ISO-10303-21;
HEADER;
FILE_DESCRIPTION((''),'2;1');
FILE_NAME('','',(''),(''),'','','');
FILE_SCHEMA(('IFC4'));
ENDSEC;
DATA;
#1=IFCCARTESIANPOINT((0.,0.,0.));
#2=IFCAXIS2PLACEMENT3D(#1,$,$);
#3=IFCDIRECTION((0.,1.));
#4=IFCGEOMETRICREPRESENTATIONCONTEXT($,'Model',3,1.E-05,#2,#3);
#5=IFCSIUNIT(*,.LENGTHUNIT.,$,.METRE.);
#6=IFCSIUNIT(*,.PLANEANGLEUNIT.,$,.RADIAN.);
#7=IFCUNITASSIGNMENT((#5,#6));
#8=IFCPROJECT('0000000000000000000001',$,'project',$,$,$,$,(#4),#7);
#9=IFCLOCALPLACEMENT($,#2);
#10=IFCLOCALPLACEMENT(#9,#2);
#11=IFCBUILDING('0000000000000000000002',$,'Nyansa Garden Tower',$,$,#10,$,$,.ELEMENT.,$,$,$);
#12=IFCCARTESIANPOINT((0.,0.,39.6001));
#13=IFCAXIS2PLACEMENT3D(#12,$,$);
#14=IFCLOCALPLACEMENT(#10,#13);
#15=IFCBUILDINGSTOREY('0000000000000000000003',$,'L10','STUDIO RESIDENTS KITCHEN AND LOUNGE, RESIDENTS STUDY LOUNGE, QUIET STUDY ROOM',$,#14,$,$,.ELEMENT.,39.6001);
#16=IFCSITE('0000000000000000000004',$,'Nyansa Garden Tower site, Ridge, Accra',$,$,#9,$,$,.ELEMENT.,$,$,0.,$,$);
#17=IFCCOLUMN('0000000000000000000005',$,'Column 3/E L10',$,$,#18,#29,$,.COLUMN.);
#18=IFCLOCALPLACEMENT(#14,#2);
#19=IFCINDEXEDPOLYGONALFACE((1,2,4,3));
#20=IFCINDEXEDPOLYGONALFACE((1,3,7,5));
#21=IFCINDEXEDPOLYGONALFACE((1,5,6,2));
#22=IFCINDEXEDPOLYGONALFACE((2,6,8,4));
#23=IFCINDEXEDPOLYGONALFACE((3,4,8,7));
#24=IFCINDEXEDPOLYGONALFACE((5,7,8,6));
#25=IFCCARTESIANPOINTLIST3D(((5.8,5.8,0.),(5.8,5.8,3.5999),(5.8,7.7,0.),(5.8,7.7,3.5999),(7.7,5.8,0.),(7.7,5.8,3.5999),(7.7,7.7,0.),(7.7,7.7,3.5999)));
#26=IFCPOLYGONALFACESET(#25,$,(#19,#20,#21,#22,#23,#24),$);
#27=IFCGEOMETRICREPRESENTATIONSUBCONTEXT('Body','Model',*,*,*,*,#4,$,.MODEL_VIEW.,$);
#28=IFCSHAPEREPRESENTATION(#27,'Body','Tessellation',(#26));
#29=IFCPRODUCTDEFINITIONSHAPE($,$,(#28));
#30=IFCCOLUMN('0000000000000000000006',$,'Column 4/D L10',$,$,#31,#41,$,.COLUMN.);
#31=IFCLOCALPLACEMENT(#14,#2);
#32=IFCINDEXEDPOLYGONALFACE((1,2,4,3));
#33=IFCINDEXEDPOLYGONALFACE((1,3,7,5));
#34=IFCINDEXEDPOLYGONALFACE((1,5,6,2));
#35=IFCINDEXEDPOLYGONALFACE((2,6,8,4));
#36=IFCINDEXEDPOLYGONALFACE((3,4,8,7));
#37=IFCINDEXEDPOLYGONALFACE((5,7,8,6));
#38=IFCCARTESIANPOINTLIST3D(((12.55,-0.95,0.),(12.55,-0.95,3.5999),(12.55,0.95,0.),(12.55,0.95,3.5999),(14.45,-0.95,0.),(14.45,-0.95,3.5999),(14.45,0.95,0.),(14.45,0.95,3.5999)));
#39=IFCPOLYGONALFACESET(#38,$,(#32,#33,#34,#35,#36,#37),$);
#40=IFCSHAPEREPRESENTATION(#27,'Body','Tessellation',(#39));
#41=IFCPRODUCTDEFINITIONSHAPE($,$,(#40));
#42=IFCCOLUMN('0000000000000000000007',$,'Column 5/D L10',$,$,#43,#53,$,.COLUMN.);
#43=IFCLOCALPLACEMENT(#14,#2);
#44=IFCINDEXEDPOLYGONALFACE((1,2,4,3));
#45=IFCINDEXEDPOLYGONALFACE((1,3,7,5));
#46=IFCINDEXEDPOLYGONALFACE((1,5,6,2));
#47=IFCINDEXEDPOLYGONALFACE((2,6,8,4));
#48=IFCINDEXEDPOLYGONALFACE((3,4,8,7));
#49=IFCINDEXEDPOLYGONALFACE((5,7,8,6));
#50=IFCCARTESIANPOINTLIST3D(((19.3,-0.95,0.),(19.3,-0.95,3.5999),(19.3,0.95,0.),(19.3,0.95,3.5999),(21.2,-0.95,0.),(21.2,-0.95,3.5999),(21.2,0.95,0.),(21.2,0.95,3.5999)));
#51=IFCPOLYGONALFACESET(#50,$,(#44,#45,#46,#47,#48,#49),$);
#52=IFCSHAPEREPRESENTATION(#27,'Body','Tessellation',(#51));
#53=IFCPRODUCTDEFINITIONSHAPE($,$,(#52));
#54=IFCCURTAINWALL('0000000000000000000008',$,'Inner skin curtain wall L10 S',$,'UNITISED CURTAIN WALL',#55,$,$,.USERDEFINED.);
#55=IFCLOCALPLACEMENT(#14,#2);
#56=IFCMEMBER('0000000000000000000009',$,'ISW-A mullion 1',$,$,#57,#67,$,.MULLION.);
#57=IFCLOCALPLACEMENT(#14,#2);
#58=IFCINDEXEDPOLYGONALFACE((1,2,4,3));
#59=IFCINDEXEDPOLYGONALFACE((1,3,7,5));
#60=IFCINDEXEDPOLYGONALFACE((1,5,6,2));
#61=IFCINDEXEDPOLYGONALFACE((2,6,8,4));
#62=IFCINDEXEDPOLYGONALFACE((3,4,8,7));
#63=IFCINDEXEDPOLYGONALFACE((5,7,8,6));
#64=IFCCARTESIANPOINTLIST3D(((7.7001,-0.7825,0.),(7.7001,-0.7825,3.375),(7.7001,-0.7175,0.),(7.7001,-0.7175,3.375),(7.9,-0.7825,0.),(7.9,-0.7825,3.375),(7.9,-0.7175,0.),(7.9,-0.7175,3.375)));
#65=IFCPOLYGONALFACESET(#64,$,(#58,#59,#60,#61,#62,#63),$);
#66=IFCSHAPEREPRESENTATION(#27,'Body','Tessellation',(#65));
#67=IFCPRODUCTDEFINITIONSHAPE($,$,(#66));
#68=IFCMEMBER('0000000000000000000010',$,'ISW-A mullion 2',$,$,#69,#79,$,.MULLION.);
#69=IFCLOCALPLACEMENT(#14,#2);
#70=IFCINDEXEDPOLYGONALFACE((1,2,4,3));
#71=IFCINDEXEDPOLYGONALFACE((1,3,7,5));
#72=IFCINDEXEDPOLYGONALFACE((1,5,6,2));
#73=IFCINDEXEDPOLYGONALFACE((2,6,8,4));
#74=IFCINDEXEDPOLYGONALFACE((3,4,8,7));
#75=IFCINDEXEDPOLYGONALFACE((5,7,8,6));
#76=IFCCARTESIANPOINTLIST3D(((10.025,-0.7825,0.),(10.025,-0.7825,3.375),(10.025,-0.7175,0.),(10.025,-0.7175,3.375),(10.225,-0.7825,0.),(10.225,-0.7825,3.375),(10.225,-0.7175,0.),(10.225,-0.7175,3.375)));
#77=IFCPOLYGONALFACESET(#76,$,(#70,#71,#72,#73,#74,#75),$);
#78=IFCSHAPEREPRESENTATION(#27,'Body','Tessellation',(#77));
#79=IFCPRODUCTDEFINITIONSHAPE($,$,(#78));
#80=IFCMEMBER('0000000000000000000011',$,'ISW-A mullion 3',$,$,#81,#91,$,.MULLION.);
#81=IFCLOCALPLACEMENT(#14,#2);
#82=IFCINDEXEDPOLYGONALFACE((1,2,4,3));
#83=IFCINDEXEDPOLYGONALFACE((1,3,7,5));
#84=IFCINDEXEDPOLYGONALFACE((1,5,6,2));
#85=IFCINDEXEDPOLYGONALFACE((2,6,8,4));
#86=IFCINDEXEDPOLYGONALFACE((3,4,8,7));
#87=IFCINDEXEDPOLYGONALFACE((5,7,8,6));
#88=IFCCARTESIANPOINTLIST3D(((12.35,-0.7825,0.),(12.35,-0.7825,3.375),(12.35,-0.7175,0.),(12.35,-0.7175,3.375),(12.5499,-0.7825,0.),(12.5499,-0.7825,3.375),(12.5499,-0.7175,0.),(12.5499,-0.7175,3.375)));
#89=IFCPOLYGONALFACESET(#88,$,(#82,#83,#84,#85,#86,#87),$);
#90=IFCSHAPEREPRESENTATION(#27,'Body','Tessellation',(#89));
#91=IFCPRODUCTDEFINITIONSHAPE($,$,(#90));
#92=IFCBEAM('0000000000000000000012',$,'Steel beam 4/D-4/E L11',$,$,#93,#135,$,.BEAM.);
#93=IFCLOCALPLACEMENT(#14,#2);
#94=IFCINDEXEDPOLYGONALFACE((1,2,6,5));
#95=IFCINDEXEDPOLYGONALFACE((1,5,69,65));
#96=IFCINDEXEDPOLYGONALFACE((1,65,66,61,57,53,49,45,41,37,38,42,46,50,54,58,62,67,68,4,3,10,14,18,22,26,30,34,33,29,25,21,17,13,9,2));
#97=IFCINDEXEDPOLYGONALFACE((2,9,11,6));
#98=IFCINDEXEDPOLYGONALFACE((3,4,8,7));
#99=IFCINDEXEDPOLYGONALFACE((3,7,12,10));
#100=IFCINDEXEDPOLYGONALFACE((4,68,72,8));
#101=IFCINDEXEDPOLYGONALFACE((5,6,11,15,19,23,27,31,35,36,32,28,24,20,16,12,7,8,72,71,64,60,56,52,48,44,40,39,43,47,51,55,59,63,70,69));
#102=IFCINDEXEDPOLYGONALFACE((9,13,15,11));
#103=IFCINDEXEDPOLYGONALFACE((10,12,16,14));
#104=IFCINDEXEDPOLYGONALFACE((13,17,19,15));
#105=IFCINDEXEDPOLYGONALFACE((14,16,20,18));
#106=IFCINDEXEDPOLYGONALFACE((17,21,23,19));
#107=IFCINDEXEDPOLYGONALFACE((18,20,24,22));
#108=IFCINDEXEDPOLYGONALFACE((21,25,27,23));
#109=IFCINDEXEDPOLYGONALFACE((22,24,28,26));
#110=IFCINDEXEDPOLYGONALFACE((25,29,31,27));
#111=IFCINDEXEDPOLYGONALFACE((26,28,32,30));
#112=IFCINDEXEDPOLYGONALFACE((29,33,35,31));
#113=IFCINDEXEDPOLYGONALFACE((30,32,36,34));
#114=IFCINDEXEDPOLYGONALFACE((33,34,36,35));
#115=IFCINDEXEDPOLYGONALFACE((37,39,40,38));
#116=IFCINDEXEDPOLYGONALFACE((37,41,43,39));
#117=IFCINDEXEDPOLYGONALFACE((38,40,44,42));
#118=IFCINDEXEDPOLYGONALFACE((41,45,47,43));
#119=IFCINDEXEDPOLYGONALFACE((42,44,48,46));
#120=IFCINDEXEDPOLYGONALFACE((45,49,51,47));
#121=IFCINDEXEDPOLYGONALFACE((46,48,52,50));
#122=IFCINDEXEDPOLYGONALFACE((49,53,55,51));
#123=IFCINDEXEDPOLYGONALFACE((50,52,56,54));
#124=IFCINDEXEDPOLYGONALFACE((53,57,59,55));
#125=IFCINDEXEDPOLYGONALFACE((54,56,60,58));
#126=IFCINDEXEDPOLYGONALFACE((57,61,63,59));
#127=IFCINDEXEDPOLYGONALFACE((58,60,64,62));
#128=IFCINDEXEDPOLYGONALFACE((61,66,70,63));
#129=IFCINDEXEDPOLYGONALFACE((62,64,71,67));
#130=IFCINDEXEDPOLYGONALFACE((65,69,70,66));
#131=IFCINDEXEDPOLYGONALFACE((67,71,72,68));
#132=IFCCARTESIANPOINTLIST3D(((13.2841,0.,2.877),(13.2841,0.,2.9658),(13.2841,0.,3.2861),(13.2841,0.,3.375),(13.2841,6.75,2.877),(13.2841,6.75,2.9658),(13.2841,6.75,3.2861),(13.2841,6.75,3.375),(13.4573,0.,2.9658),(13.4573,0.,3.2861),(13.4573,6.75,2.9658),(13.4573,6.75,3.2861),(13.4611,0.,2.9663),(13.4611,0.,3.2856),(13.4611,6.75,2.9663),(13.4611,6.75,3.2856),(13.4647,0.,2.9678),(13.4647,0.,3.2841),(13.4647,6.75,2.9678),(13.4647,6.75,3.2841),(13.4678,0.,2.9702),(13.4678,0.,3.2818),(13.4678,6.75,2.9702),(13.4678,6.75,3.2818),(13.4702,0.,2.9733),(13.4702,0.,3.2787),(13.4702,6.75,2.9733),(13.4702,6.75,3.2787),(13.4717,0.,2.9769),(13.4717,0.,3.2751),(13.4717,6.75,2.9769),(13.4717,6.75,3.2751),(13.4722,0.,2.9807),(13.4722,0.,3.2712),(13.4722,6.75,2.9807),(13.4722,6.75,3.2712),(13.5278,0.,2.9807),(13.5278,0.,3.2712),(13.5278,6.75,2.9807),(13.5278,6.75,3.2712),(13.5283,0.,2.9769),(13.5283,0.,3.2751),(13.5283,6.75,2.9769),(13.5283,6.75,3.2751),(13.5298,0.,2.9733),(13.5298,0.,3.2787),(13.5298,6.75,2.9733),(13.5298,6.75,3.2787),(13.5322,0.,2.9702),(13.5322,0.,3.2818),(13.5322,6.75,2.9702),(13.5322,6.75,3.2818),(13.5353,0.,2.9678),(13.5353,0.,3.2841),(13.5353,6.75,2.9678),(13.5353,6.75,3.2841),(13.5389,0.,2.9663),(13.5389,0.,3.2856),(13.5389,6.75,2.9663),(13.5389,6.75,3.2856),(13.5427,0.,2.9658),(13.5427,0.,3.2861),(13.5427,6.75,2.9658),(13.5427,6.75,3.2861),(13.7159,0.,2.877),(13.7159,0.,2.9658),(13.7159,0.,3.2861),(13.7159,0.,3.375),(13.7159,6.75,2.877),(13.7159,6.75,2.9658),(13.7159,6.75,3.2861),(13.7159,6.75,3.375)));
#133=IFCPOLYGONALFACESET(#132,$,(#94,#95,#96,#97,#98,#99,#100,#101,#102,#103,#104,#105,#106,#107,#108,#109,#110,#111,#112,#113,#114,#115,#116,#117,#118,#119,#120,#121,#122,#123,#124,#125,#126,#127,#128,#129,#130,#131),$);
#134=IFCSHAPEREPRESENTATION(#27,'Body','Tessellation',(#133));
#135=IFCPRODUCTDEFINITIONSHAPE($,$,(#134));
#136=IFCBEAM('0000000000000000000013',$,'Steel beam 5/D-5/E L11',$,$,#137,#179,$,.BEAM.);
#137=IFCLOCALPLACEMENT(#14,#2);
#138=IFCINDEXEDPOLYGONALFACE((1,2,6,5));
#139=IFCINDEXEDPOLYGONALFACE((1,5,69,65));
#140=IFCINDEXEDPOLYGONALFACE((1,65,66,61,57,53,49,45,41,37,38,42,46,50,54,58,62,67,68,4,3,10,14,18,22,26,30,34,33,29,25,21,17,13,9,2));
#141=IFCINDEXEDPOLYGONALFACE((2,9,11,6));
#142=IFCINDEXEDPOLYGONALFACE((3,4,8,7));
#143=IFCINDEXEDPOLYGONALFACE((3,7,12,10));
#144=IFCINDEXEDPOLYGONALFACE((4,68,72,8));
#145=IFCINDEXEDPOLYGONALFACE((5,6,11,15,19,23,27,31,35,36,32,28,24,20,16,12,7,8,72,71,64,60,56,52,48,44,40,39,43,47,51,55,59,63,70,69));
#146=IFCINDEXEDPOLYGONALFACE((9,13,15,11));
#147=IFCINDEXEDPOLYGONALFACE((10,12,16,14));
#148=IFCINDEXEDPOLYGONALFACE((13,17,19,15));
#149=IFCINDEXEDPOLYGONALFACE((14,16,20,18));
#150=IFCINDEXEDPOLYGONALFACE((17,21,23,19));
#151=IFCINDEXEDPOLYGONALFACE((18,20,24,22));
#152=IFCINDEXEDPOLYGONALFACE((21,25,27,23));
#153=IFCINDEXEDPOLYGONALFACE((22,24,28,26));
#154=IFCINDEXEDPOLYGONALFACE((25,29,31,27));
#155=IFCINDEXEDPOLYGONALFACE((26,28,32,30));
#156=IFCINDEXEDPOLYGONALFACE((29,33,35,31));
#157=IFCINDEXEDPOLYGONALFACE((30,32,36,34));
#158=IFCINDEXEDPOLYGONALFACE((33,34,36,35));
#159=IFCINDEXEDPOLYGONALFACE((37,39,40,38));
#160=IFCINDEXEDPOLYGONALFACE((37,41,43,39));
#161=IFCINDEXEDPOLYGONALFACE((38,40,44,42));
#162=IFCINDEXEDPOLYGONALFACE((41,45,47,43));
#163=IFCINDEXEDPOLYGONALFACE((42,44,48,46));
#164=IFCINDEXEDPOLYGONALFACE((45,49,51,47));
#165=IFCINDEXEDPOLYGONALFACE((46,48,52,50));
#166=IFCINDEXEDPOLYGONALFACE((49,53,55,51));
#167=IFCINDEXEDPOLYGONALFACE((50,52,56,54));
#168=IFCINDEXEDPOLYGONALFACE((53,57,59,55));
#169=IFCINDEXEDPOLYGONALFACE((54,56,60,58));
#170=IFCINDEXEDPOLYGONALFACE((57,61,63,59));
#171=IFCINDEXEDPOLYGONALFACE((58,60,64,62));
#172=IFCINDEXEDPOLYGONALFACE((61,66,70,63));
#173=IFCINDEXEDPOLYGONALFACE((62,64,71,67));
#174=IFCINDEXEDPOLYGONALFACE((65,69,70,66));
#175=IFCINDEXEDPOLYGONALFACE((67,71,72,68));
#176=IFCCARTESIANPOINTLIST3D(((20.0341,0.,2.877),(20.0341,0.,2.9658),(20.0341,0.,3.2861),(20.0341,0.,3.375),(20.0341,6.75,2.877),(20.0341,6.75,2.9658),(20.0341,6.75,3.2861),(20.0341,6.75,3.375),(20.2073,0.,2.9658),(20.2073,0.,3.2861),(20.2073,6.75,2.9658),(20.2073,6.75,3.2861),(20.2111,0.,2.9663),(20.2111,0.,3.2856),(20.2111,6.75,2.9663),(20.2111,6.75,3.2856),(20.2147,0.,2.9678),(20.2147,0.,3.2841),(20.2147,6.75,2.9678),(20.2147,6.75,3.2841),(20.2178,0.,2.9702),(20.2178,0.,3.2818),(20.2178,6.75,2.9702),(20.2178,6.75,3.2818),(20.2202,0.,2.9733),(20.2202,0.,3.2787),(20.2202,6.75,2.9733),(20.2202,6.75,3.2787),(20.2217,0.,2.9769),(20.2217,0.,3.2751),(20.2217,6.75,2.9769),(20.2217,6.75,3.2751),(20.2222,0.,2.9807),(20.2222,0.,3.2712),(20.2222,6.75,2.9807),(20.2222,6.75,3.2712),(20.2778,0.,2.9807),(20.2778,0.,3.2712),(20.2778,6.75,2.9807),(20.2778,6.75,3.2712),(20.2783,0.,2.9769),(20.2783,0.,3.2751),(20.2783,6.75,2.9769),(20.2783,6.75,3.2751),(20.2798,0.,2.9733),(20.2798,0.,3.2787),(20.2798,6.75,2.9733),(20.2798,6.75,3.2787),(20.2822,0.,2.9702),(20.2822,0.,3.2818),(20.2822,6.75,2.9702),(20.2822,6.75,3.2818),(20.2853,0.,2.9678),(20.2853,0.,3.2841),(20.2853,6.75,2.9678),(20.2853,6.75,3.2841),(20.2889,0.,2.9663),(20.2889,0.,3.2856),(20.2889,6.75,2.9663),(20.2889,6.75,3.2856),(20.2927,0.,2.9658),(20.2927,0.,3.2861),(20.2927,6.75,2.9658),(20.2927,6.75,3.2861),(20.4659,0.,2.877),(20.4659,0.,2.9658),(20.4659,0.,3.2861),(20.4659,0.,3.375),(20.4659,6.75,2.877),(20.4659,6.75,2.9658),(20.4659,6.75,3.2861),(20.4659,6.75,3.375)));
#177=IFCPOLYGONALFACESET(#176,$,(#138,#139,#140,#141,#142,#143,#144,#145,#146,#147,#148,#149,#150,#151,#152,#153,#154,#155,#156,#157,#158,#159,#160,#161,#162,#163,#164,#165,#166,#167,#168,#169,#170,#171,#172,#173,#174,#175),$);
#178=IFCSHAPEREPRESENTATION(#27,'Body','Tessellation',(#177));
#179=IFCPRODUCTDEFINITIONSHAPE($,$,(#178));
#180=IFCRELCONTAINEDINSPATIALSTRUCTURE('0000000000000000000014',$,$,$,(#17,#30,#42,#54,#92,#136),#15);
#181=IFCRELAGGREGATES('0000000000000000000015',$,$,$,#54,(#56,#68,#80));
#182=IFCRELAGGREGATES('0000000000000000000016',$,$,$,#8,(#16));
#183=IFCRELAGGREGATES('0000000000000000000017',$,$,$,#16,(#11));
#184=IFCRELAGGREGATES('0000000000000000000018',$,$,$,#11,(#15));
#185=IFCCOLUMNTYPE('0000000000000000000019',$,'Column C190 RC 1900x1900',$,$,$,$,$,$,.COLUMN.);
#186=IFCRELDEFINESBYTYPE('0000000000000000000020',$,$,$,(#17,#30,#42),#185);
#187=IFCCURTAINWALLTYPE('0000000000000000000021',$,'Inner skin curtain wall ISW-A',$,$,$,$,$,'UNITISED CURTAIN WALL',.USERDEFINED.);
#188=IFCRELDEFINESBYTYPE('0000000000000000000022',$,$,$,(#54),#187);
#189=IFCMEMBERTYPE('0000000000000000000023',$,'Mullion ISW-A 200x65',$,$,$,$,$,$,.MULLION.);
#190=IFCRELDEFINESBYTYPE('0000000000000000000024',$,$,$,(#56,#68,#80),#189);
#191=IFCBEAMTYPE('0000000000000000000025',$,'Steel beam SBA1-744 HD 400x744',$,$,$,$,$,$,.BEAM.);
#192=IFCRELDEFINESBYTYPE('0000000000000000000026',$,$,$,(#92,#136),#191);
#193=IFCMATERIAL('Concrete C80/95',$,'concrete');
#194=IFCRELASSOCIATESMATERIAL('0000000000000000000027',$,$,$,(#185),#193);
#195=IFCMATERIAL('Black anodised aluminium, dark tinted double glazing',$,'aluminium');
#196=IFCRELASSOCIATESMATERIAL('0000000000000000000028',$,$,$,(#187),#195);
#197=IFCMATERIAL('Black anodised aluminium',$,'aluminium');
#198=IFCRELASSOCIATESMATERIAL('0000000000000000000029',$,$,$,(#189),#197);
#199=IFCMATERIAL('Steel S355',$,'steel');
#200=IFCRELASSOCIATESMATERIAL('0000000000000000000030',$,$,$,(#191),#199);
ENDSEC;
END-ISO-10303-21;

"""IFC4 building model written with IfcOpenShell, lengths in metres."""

from ifc_helpers import new_model, si_unit, direction, frame, origin, origin_2d, place, context, subcontext, project, spatial, rectangle, i_section, extrude, material, material_profile, profile_set, type_object, element, aggregate, save


model = new_model("IFC4")

# Units and contexts
model_context = context("Model", 3, precision=1e-05, world=origin(), true_north=direction((0.0, 1.0)))
body_context = subcontext(model_context, "Body", "Model", "MODEL_VIEW")
ifc_project = project(units=[si_unit("LENGTHUNIT", "METRE"), si_unit("PLANEANGLEUNIT", "RADIAN")], contexts=[model_context])

# Site, building, storey
site_placement = place(None, origin())
site = spatial("IfcSite", under=ifc_project, at=site_placement, Name="Nyansa Garden Tower site, Ridge, Accra", CompositionType="ELEMENT", RefElevation=0.0)
building_placement = place(site_placement, origin())
building = spatial("IfcBuilding", under=site, at=building_placement, Name="Nyansa Garden Tower", CompositionType="ELEMENT")
storey_placement = place(building_placement, frame((0.0, 0.0, 39.6001)))
storey = spatial("IfcBuildingStorey", under=building, at=storey_placement, Name="L10", Description="STUDIO RESIDENTS KITCHEN AND LOUNGE, RESIDENTS STUDY LOUNGE, QUIET STUDY ROOM", CompositionType="ELEMENT", Elevation=39.6001)

# Columns
ifc_material_1 = material(Name="Concrete C80/95", Category="concrete")
ifc_material_profile_1 = material_profile(ifc_material_1, rectangle(XDim=1.8999, YDim=1.8999, at=origin_2d()), Name="RC 1900x1900")
ifc_profile_set_1 = profile_set([ifc_material_profile_1], Name="Concrete C80/95")
column_type = type_object("IfcColumnType", Name="Column C190 RC 1900x1900", PredefinedType="COLUMN", material=ifc_profile_set_1)
for number, where, z_axis, x_axis, name in (
    (1, (6.75, 6.75, 0.0), (0.0, 0.0, 1.0), (1.0, 0.0, 0.0), "Column 3/E L10"),
    (2, (13.5, 0.0, 0.0), (0.0, 0.0, 1.0), (1.0, 0.0, 0.0), "Column 4/D L10"),
    (3, (20.25, 0.0, 0.0), (0.0, 0.0, 1.0), (1.0, 0.0, 0.0), "Column 5/D L10"),
):
    element("IfcColumn", number, at=place(storey_placement, frame(where, z_axis=z_axis, x_axis=x_axis)), inside=storey, type_object=column_type, Name=name, PredefinedType="COLUMN", context=body_context, shape_type="SweptSolid", body=[
        extrude(rectangle(XDim=1.8999, YDim=1.8999, at=origin_2d()), origin(), (0.0, 0.0, 1.0), 3.5999),
    ])

# Curtain wall, members
ifc_material_2 = material(Name="Black anodised aluminium, dark tinted double glazing", Category="aluminium")
curtain_wall_type = type_object("IfcCurtainWallType", Name="Inner skin curtain wall ISW-A", ElementType="UNITISED CURTAIN WALL", PredefinedType="USERDEFINED", material=ifc_material_2)
curtain_wall_placement = place(storey_placement, origin())
curtain_wall = element("IfcCurtainWall", 4, at=curtain_wall_placement, inside=storey, type_object=curtain_wall_type, Name="Inner skin curtain wall L10 S", ObjectType="UNITISED CURTAIN WALL", PredefinedType="USERDEFINED")
ifc_material_3 = material(Name="Black anodised aluminium", Category="aluminium")
ifc_material_profile_2 = material_profile(ifc_material_3, rectangle(XDim=0.0649, YDim=0.2, at=origin_2d()), Name="Mullion 200x65")
ifc_profile_set_2 = profile_set([ifc_material_profile_2], Name="Black anodised aluminium")
member_type_1 = type_object("IfcMemberType", Name="Mullion ISW-A 200x65", PredefinedType="MULLION", material=ifc_profile_set_2)
member_1_placement = place(storey_placement, frame((7.8, -0.75, 0.0), z_axis=(0.0, 0.0, 1.0), x_axis=(0.0, 1.0, 0.0)))
member_1 = element("IfcMember", 5, at=member_1_placement, type_object=member_type_1, Name="ISW-A mullion 1", PredefinedType="MULLION", context=body_context, shape_type="SweptSolid", body=[
    extrude(rectangle(XDim=0.0649, YDim=0.2, at=origin_2d()), origin(), (0.0, 0.0, 1.0), 3.375),
])
member_2_placement = place(storey_placement, frame((10.125, -0.75, 0.0), z_axis=(0.0, 0.0, 1.0), x_axis=(0.0, 1.0, 0.0)))
member_2 = element("IfcMember", 6, at=member_2_placement, type_object=member_type_1, Name="ISW-A mullion 2", PredefinedType="MULLION", context=body_context, shape_type="SweptSolid", body=[
    extrude(rectangle(XDim=0.0649, YDim=0.2, at=origin_2d()), origin(), (0.0, 0.0, 1.0), 3.375),
])
member_3_placement = place(storey_placement, frame((12.45, -0.75, 0.0), z_axis=(0.0, 0.0, 1.0), x_axis=(0.0, 1.0, 0.0)))
member_3 = element("IfcMember", 7, at=member_3_placement, type_object=member_type_1, Name="ISW-A mullion 3", PredefinedType="MULLION", context=body_context, shape_type="SweptSolid", body=[
    extrude(rectangle(XDim=0.0649, YDim=0.2, at=origin_2d()), origin(), (0.0, 0.0, 1.0), 3.375),
])

# Beams
ifc_material_4 = material(Name="Steel S355", Category="steel")
ifc_material_profile_3 = material_profile(ifc_material_4, i_section(OverallWidth=0.4319, OverallDepth=0.498, WebThickness=0.0557, FlangeThickness=0.0889, FilletRadius=0.0149, at=origin_2d()), Name="HD 400x744")
ifc_profile_set_3 = profile_set([ifc_material_profile_3], Name="Steel S355")
beam_type_1 = type_object("IfcBeamType", Name="Steel beam SBA1-744 HD 400x744", PredefinedType="BEAM", material=ifc_profile_set_3)
for number, where, z_axis, x_axis, name in (
    (8, (13.5, 0.0, 3.126), (0.0, 1.0, 0.0), (-1.0, 0.0, 0.0), "Steel beam 4/D-4/E L11"),
    (9, (20.25, 0.0, 3.126), (0.0, 1.0, 0.0), (-1.0, 0.0, 0.0), "Steel beam 5/D-5/E L11"),
):
    element("IfcBeam", number, at=place(storey_placement, frame(where, z_axis=z_axis, x_axis=x_axis)), inside=storey, type_object=beam_type_1, Name=name, PredefinedType="BEAM", context=body_context, shape_type="SweptSolid", body=[
        extrude(i_section(OverallWidth=0.4319, OverallDepth=0.498, WebThickness=0.0557, FlangeThickness=0.0889, FilletRadius=0.0149, at=origin_2d()), origin(), (0.0, 0.0, 1.0), 6.75),
    ])

aggregate(curtain_wall, [member_1, member_2, member_3])

save(model, "model.ifc")
